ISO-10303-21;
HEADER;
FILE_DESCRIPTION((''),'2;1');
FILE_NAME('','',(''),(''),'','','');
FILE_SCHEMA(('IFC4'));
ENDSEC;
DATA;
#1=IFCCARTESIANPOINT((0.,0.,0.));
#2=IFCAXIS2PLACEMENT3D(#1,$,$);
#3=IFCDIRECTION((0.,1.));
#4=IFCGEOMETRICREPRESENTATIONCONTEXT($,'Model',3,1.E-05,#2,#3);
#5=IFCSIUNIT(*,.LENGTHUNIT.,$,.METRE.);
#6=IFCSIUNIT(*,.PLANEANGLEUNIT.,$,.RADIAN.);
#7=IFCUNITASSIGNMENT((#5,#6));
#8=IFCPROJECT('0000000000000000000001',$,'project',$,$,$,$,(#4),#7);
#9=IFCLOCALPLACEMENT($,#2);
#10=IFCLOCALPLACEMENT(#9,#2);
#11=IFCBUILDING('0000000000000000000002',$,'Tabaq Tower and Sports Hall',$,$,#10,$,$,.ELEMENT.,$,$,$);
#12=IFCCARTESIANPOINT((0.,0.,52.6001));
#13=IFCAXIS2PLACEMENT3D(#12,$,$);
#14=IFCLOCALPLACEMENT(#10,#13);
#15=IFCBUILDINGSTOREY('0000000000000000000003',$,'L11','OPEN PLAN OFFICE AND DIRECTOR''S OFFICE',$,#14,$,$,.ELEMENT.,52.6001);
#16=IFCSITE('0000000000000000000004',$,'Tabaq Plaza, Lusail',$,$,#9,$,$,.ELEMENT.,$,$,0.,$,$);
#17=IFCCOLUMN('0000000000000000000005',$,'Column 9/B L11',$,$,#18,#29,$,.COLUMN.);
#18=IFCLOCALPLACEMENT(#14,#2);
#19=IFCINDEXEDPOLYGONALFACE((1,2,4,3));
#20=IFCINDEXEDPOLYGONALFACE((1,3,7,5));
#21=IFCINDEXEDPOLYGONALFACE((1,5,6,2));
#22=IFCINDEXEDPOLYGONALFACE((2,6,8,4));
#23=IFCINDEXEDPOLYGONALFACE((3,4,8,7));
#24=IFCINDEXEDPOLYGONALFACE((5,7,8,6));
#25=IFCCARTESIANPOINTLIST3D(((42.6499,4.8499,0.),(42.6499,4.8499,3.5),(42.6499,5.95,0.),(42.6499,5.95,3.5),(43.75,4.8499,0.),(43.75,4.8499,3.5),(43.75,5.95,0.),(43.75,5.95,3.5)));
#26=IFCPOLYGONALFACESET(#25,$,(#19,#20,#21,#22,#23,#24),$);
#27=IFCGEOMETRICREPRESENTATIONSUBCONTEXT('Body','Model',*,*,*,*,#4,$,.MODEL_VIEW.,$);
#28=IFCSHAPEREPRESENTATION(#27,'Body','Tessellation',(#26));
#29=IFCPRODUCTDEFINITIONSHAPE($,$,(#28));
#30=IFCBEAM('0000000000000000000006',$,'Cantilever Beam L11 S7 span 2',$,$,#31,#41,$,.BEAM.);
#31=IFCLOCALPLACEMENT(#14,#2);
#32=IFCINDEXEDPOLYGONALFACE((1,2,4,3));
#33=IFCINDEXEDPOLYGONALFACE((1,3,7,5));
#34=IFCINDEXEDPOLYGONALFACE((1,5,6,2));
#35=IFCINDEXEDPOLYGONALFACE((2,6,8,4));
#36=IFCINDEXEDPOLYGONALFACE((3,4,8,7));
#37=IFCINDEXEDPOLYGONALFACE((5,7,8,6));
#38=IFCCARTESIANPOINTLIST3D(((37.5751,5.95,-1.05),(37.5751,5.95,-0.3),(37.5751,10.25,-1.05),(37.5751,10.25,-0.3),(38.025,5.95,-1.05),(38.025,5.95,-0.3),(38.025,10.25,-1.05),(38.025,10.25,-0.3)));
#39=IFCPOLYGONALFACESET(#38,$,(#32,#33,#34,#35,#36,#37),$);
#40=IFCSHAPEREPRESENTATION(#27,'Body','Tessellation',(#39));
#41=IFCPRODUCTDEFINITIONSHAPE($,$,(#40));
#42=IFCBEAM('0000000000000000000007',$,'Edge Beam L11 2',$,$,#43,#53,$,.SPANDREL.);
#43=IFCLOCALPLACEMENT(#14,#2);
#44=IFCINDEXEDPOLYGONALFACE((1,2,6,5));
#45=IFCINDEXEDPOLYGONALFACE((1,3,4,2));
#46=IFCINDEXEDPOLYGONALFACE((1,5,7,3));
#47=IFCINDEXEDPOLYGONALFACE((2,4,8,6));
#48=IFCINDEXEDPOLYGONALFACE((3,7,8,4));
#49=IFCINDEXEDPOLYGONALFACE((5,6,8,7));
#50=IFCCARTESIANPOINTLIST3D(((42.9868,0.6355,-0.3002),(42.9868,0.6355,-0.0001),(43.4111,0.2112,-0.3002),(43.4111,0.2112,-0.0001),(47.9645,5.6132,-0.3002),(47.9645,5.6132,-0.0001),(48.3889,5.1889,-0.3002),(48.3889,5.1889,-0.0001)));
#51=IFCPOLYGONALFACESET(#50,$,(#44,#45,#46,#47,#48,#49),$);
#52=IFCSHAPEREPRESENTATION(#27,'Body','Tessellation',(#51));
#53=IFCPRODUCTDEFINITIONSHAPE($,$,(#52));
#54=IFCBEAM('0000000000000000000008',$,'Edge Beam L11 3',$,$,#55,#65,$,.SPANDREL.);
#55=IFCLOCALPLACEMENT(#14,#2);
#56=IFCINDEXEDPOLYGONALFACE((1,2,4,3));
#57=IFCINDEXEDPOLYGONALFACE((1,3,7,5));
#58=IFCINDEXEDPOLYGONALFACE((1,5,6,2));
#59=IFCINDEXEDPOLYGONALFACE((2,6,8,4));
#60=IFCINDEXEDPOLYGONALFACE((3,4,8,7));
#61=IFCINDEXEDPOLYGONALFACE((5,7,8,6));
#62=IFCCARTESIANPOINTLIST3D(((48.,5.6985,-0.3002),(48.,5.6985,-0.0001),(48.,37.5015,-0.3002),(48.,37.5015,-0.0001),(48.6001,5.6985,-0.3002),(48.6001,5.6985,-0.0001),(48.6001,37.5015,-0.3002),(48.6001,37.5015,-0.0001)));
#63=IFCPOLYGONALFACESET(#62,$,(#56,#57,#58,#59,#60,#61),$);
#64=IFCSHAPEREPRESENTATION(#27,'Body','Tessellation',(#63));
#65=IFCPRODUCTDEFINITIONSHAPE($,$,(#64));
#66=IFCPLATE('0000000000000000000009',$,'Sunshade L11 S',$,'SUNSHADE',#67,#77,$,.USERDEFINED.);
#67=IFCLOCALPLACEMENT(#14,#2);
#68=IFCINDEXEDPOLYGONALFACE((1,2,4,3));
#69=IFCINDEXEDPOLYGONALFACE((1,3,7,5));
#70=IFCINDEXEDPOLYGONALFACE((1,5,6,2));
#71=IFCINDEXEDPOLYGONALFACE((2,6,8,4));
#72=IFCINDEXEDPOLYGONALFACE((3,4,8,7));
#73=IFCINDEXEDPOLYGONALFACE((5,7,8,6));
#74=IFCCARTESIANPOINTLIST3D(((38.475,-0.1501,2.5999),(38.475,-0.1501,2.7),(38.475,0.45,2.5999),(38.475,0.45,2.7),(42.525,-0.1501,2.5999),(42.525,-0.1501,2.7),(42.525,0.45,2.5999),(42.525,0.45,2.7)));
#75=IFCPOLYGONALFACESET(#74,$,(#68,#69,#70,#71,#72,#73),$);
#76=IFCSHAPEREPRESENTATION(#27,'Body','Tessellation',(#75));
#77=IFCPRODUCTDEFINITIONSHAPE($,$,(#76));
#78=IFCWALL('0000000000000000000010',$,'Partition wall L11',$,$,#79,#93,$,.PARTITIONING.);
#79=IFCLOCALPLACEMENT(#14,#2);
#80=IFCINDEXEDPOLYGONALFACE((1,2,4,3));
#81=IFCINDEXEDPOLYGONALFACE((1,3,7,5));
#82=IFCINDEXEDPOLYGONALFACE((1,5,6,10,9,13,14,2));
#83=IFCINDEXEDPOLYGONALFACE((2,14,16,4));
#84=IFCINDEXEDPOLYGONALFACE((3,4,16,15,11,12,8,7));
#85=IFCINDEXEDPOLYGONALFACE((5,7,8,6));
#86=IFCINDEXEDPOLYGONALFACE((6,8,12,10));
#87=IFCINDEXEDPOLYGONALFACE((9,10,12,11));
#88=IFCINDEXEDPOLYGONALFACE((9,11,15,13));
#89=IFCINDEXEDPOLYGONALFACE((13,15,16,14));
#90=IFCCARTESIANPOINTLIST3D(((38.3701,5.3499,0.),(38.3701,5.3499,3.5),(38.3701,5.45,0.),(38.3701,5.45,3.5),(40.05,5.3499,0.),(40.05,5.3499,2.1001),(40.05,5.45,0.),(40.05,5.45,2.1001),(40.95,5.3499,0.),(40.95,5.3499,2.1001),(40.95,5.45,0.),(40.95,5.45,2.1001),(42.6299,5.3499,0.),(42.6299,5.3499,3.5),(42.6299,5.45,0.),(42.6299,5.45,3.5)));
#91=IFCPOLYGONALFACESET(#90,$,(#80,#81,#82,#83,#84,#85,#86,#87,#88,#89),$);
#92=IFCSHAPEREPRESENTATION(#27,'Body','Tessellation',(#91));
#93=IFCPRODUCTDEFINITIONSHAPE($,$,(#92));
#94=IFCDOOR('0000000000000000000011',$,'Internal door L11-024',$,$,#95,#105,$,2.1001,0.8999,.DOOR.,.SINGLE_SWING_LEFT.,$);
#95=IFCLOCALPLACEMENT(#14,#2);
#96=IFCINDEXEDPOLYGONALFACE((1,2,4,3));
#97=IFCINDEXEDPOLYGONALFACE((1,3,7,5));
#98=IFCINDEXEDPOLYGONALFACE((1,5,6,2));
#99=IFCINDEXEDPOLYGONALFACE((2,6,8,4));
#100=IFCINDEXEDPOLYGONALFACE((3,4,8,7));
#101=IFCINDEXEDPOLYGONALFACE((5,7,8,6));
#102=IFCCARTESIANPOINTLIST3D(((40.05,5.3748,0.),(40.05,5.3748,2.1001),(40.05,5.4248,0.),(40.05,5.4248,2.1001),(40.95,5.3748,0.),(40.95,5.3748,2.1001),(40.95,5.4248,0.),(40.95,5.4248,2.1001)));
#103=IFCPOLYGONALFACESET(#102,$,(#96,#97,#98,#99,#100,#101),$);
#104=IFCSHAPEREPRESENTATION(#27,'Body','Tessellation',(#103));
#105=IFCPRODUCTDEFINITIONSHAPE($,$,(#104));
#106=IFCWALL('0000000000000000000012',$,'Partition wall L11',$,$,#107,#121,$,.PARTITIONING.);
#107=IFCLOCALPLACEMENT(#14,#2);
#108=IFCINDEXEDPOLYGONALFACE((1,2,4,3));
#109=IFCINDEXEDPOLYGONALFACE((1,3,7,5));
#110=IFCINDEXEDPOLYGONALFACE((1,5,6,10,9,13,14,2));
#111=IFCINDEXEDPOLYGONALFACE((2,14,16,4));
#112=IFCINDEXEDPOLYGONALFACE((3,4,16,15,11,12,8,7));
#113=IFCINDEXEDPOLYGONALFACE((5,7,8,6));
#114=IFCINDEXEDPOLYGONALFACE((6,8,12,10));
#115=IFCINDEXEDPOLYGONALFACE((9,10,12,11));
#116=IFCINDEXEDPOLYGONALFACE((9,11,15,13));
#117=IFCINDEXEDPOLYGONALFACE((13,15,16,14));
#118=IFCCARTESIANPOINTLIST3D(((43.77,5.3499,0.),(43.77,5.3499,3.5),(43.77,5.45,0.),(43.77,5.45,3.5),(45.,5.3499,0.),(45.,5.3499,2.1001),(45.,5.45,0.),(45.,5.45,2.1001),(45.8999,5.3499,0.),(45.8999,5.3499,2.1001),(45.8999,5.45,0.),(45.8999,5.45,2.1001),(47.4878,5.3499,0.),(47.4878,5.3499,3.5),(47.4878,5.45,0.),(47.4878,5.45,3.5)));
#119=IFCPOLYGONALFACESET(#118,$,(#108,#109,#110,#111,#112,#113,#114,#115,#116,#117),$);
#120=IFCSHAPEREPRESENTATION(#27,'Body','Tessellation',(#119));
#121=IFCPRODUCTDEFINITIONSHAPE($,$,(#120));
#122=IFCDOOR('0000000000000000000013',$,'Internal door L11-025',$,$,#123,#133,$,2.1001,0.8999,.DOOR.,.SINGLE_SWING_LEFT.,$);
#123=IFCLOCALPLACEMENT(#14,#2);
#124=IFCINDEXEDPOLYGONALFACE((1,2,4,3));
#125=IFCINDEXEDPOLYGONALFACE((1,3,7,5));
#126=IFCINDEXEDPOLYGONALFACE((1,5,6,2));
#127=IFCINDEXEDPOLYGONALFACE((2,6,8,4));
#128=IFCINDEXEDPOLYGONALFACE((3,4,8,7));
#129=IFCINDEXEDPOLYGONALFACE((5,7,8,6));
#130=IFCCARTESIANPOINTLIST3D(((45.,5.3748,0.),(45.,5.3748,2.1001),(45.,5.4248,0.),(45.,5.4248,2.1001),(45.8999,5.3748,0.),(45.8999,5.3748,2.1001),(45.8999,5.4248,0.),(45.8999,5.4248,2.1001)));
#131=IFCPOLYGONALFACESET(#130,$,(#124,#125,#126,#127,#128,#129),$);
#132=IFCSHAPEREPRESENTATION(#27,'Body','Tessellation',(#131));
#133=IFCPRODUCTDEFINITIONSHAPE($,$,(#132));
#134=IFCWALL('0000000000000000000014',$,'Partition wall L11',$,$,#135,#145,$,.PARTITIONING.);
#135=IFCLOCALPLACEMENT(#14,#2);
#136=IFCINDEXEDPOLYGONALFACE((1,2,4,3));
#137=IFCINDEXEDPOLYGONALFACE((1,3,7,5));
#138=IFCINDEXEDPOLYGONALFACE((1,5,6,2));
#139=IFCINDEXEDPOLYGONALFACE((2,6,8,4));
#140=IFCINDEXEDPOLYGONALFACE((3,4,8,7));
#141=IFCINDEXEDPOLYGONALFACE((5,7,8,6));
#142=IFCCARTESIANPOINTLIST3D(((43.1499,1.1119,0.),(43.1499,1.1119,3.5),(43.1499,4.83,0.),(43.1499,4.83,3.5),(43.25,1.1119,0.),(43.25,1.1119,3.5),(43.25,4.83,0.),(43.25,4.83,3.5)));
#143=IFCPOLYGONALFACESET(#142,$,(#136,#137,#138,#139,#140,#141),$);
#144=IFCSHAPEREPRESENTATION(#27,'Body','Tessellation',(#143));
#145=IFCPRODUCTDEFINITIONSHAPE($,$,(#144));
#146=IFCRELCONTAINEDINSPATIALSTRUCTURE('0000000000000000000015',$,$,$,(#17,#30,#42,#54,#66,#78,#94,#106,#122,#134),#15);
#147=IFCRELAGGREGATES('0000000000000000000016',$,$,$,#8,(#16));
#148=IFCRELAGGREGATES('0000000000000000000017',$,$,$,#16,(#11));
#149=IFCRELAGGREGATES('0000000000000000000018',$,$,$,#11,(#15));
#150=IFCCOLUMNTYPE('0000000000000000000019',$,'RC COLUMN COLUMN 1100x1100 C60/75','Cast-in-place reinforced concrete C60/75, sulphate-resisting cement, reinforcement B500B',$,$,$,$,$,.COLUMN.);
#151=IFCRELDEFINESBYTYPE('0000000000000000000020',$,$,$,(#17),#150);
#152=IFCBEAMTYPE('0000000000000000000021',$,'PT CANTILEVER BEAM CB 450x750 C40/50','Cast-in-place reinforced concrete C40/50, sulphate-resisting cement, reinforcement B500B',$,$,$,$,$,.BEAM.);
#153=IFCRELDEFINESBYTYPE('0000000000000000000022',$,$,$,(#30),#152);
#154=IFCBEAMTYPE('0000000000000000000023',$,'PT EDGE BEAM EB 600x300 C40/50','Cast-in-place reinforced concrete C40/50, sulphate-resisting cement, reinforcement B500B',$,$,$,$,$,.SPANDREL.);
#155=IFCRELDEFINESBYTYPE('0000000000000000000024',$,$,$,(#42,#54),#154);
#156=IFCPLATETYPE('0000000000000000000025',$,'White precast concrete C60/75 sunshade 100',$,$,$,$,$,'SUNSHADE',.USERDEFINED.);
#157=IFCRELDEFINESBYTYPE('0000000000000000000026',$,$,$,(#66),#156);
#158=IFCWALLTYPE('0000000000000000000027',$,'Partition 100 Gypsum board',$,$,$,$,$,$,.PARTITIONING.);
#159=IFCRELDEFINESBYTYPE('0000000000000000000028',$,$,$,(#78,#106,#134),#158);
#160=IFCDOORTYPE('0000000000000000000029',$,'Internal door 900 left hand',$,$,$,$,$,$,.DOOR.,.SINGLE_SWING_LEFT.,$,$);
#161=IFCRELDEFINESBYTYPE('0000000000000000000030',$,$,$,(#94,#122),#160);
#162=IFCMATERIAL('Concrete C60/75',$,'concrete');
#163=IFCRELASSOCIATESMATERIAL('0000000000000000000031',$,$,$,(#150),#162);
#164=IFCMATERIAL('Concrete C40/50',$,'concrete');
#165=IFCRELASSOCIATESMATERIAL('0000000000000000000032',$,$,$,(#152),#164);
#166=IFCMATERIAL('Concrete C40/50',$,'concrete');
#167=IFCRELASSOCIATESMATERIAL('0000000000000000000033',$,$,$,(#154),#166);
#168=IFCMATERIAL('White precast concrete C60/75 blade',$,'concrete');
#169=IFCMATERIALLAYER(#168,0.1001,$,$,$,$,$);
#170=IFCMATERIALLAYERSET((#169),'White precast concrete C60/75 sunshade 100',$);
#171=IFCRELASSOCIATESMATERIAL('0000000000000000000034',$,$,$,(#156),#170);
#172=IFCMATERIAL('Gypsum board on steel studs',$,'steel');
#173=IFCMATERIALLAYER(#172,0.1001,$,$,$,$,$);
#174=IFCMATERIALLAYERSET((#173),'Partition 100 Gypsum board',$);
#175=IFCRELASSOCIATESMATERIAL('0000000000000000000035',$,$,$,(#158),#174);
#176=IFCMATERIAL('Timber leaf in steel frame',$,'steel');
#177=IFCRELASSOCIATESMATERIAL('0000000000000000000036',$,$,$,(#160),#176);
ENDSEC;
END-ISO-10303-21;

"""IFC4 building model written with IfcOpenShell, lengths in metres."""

from ifc_helpers import new_model, si_unit, direction, frame, frame_2d, origin, origin_2d, place, context, subcontext, project, spatial, rectangle, extrude, material, layer, layer_set, material_profile, profile_set, type_object, element, fill, save


model = new_model("IFC4")

# Units and contexts
model_context = context("Model", 3, precision=1e-05, world=origin(), true_north=direction((0.0, 1.0)))
body_context = subcontext(model_context, "Body", "Model", "MODEL_VIEW")
ifc_project = project(units=[si_unit("LENGTHUNIT", "METRE"), si_unit("PLANEANGLEUNIT", "RADIAN")], contexts=[model_context])

# Site, building, storey
site_placement = place(None, origin())
site = spatial("IfcSite", under=ifc_project, at=site_placement, Name="Tabaq Plaza, Lusail", CompositionType="ELEMENT", RefElevation=0.0)
building_placement = place(site_placement, origin())
building = spatial("IfcBuilding", under=site, at=building_placement, Name="Tabaq Tower and Sports Hall", CompositionType="ELEMENT")
storey_placement = place(building_placement, frame((0.0, 0.0, 52.6001)))
storey = spatial("IfcBuildingStorey", under=building, at=storey_placement, Name="L11", Description="OPEN PLAN OFFICE AND DIRECTOR'S OFFICE", CompositionType="ELEMENT", Elevation=52.6001)

# Column
ifc_material_1 = material(Name="Concrete C60/75", Category="concrete")
ifc_material_profile_1 = material_profile(ifc_material_1, rectangle(XDim=1.1001, YDim=1.1001, at=origin_2d()), Name="COLUMN 1100x1100")
ifc_profile_set_1 = profile_set([ifc_material_profile_1], Name="Concrete C60/75")
column_type = type_object("IfcColumnType", Name="RC COLUMN COLUMN 1100x1100 C60/75", Description="Cast-in-place reinforced concrete C60/75, sulphate-resisting cement, reinforcement B500B", PredefinedType="COLUMN", material=ifc_profile_set_1)
column_placement = place(storey_placement, frame((43.2, 5.3999, 0.0), z_axis=(0.0, 0.0, 1.0), x_axis=(1.0, 0.0, 0.0)))
element("IfcColumn", 1, at=column_placement, inside=storey, type_object=column_type, Name="Column 9/B L11", PredefinedType="COLUMN", context=body_context, shape_type="SweptSolid", body=[
    extrude(rectangle(XDim=1.1001, YDim=1.1001, at=origin_2d()), origin(), (0.0, 0.0, 1.0), 3.5),
])

# Beams
ifc_material_2 = material(Name="Concrete C40/50", Category="concrete")
ifc_material_profile_2 = material_profile(ifc_material_2, rectangle(XDim=0.45, YDim=0.75, at=origin_2d()), Name="CB 450x750")
ifc_profile_set_2 = profile_set([ifc_material_profile_2], Name="Concrete C40/50")
beam_type_1 = type_object("IfcBeamType", Name="PT CANTILEVER BEAM CB 450x750 C40/50", Description="Cast-in-place reinforced concrete C40/50, sulphate-resisting cement, reinforcement B500B", PredefinedType="BEAM", material=ifc_profile_set_2)
beam_1_placement = place(storey_placement, frame((37.8, 5.95, -0.675), z_axis=(0.0, 1.0, 0.0), x_axis=(-1.0, 0.0, 0.0)))
element("IfcBeam", 2, at=beam_1_placement, inside=storey, type_object=beam_type_1, Name="Cantilever Beam L11 S7 span 2", PredefinedType="BEAM", context=body_context, shape_type="SweptSolid", body=[
    extrude(rectangle(XDim=0.45, YDim=0.75, at=origin_2d()), origin(), (0.0, 0.0, 1.0), 4.3),
])
ifc_material_3 = material(Name="Concrete C40/50", Category="concrete")
ifc_material_profile_3 = material_profile(ifc_material_3, rectangle(XDim=0.6001, YDim=0.3, at=origin_2d()), Name="EB 600x300")
ifc_profile_set_3 = profile_set([ifc_material_profile_3], Name="Concrete C40/50")
beam_type_2 = type_object("IfcBeamType", Name="PT EDGE BEAM EB 600x300 C40/50", Description="Cast-in-place reinforced concrete C40/50, sulphate-resisting cement, reinforcement B500B", PredefinedType="SPANDREL", material=ifc_profile_set_3)
beam_2_placement = place(storey_placement, frame((43.199, 0.4233, -0.1501), z_axis=(0.707107, 0.707107, 0.0), x_axis=(-0.707107, 0.707107, 0.0)))
element("IfcBeam", 3, at=beam_2_placement, inside=storey, type_object=beam_type_2, Name="Edge Beam L11 2", PredefinedType="SPANDREL", context=body_context, shape_type="SweptSolid", body=[
    extrude(rectangle(XDim=0.6001, YDim=0.3, at=origin_2d()), origin(), (0.0, 0.0, 1.0), 7.0396),
])
beam_3_placement = place(storey_placement, frame((48.3, 5.6985, -0.1501), z_axis=(0.0, 1.0, 0.0), x_axis=(-1.0, 0.0, 0.0)))
element("IfcBeam", 4, at=beam_3_placement, inside=storey, type_object=beam_type_2, Name="Edge Beam L11 3", PredefinedType="SPANDREL", context=body_context, shape_type="SweptSolid", body=[
    extrude(rectangle(XDim=0.6001, YDim=0.3, at=origin_2d()), origin(), (0.0, 0.0, 1.0), 31.803),
])

# Plate
ifc_material_4 = material(Name="White precast concrete C60/75 blade", Category="concrete")
ifc_layer_1 = layer(ifc_material_4, 0.1001)
ifc_layer_set_1 = layer_set([ifc_layer_1], Name="White precast concrete C60/75 sunshade 100")
plate_type = type_object("IfcPlateType", Name="White precast concrete C60/75 sunshade 100", ElementType="SUNSHADE", PredefinedType="USERDEFINED", material=ifc_layer_set_1)
plate_placement = place(storey_placement, frame((40.5, 0.1499, 2.5999), z_axis=(0.0, 0.0, 1.0), x_axis=(1.0, 0.0, 0.0)))
element("IfcPlate", 5, at=plate_placement, inside=storey, type_object=plate_type, Name="Sunshade L11 S", ObjectType="SUNSHADE", PredefinedType="USERDEFINED", context=body_context, shape_type="SweptSolid", body=[
    extrude(rectangle(XDim=4.05, YDim=0.6001, at=origin_2d()), origin(), (0.0, 0.0, 1.0), 0.1001),
])

# Walls, openings, doors
ifc_material_5 = material(Name="Gypsum board on steel studs", Category="steel")
ifc_layer_2 = layer(ifc_material_5, 0.1001)
ifc_layer_set_2 = layer_set([ifc_layer_2], Name="Partition 100 Gypsum board")
wall_type_1 = type_object("IfcWallType", Name="Partition 100 Gypsum board", PredefinedType="PARTITIONING", material=ifc_layer_set_2)
wall_1_placement = place(storey_placement, frame((38.3701, 5.3999, 0.0), z_axis=(0.0, 0.0, 1.0), x_axis=(1.0, 0.0, 0.0)))
wall_1 = element("IfcWall", 6, at=wall_1_placement, inside=storey, type_object=wall_type_1, Name="Partition wall L11", PredefinedType="PARTITIONING", context=body_context, shape_type="SweptSolid", body=[
    extrude(rectangle(XDim=4.2598, YDim=0.1001, at=frame_2d((2.1299, 0.0))), origin(), (0.0, 0.0, 1.0), 3.5),
])
opening_1_placement = place(wall_1_placement, frame((1.6799, 0.0, 0.0)))
opening_1 = element("IfcOpeningElement", 7, at=opening_1_placement, cuts=wall_1, PredefinedType="OPENING", context=body_context, shape_type="SweptSolid", body=[
    extrude(rectangle(XDim=0.8999, YDim=2.1001, at=frame_2d((0.45, 1.05))), frame((0.0, 0.05, 0.0), z_axis=(0.0, -1.0, 0.0), x_axis=(1.0, 0.0, 0.0)), (0.0, 0.0, 1.0), 0.1001),
])
ifc_material_6 = material(Name="Timber leaf in steel frame", Category="steel")
door_type = type_object("IfcDoorType", Name="Internal door 900 left hand", OperationType="SINGLE_SWING_LEFT", PredefinedType="DOOR", material=ifc_material_6)
door_1_placement = place(opening_1_placement, origin())
door_1 = element("IfcDoor", 8, at=door_1_placement, inside=storey, type_object=door_type, Name="Internal door L11-024", OperationType="SINGLE_SWING_LEFT", OverallHeight=2.1001, OverallWidth=0.8999, PredefinedType="DOOR", context=body_context, shape_type="SweptSolid", body=[
    extrude(rectangle(XDim=0.8999, YDim=2.1001, at=frame_2d((0.45, 1.05))), frame((0.0, 0.0249, 0.0), z_axis=(0.0, -1.0, 0.0), x_axis=(1.0, 0.0, 0.0)), (0.0, 0.0, 1.0), 0.05),
])
fill(opening_1, door_1)
wall_2_placement = place(storey_placement, frame((43.77, 5.3999, 0.0), z_axis=(0.0, 0.0, 1.0), x_axis=(1.0, 0.0, 0.0)))
wall_2 = element("IfcWall", 9, at=wall_2_placement, inside=storey, type_object=wall_type_1, Name="Partition wall L11", PredefinedType="PARTITIONING", context=body_context, shape_type="SweptSolid", body=[
    extrude(rectangle(XDim=3.7178, YDim=0.1001, at=frame_2d((1.8589, 0.0))), origin(), (0.0, 0.0, 1.0), 3.5),
])
opening_2_placement = place(wall_2_placement, frame((1.23, 0.0, 0.0)))
opening_2 = element("IfcOpeningElement", 10, at=opening_2_placement, cuts=wall_2, PredefinedType="OPENING", context=body_context, shape_type="SweptSolid", body=[
    extrude(rectangle(XDim=0.8999, YDim=2.1001, at=frame_2d((0.45, 1.05))), frame((0.0, 0.05, 0.0), z_axis=(0.0, -1.0, 0.0), x_axis=(1.0, 0.0, 0.0)), (0.0, 0.0, 1.0), 0.1001),
])
door_2_placement = place(opening_2_placement, origin())
door_2 = element("IfcDoor", 11, at=door_2_placement, inside=storey, type_object=door_type, Name="Internal door L11-025", OperationType="SINGLE_SWING_LEFT", OverallHeight=2.1001, OverallWidth=0.8999, PredefinedType="DOOR", context=body_context, shape_type="SweptSolid", body=[
    extrude(rectangle(XDim=0.8999, YDim=2.1001, at=frame_2d((0.45, 1.05))), frame((0.0, 0.0249, 0.0), z_axis=(0.0, -1.0, 0.0), x_axis=(1.0, 0.0, 0.0)), (0.0, 0.0, 1.0), 0.05),
])
fill(opening_2, door_2)

# Wall
wall_3_placement = place(storey_placement, frame((43.2, 1.1121, 0.0), z_axis=(0.0, 0.0, 1.0), x_axis=(0.0, 1.0, 0.0)))
element("IfcWall", 12, at=wall_3_placement, inside=storey, type_object=wall_type_1, Name="Partition wall L11", PredefinedType="PARTITIONING", context=body_context, shape_type="SweptSolid", body=[
    extrude(rectangle(XDim=3.718, YDim=0.1001, at=frame_2d((1.8589, 0.0))), origin(), (0.0, 0.0, 1.0), 3.5),
])

save(model, "model.ifc")
